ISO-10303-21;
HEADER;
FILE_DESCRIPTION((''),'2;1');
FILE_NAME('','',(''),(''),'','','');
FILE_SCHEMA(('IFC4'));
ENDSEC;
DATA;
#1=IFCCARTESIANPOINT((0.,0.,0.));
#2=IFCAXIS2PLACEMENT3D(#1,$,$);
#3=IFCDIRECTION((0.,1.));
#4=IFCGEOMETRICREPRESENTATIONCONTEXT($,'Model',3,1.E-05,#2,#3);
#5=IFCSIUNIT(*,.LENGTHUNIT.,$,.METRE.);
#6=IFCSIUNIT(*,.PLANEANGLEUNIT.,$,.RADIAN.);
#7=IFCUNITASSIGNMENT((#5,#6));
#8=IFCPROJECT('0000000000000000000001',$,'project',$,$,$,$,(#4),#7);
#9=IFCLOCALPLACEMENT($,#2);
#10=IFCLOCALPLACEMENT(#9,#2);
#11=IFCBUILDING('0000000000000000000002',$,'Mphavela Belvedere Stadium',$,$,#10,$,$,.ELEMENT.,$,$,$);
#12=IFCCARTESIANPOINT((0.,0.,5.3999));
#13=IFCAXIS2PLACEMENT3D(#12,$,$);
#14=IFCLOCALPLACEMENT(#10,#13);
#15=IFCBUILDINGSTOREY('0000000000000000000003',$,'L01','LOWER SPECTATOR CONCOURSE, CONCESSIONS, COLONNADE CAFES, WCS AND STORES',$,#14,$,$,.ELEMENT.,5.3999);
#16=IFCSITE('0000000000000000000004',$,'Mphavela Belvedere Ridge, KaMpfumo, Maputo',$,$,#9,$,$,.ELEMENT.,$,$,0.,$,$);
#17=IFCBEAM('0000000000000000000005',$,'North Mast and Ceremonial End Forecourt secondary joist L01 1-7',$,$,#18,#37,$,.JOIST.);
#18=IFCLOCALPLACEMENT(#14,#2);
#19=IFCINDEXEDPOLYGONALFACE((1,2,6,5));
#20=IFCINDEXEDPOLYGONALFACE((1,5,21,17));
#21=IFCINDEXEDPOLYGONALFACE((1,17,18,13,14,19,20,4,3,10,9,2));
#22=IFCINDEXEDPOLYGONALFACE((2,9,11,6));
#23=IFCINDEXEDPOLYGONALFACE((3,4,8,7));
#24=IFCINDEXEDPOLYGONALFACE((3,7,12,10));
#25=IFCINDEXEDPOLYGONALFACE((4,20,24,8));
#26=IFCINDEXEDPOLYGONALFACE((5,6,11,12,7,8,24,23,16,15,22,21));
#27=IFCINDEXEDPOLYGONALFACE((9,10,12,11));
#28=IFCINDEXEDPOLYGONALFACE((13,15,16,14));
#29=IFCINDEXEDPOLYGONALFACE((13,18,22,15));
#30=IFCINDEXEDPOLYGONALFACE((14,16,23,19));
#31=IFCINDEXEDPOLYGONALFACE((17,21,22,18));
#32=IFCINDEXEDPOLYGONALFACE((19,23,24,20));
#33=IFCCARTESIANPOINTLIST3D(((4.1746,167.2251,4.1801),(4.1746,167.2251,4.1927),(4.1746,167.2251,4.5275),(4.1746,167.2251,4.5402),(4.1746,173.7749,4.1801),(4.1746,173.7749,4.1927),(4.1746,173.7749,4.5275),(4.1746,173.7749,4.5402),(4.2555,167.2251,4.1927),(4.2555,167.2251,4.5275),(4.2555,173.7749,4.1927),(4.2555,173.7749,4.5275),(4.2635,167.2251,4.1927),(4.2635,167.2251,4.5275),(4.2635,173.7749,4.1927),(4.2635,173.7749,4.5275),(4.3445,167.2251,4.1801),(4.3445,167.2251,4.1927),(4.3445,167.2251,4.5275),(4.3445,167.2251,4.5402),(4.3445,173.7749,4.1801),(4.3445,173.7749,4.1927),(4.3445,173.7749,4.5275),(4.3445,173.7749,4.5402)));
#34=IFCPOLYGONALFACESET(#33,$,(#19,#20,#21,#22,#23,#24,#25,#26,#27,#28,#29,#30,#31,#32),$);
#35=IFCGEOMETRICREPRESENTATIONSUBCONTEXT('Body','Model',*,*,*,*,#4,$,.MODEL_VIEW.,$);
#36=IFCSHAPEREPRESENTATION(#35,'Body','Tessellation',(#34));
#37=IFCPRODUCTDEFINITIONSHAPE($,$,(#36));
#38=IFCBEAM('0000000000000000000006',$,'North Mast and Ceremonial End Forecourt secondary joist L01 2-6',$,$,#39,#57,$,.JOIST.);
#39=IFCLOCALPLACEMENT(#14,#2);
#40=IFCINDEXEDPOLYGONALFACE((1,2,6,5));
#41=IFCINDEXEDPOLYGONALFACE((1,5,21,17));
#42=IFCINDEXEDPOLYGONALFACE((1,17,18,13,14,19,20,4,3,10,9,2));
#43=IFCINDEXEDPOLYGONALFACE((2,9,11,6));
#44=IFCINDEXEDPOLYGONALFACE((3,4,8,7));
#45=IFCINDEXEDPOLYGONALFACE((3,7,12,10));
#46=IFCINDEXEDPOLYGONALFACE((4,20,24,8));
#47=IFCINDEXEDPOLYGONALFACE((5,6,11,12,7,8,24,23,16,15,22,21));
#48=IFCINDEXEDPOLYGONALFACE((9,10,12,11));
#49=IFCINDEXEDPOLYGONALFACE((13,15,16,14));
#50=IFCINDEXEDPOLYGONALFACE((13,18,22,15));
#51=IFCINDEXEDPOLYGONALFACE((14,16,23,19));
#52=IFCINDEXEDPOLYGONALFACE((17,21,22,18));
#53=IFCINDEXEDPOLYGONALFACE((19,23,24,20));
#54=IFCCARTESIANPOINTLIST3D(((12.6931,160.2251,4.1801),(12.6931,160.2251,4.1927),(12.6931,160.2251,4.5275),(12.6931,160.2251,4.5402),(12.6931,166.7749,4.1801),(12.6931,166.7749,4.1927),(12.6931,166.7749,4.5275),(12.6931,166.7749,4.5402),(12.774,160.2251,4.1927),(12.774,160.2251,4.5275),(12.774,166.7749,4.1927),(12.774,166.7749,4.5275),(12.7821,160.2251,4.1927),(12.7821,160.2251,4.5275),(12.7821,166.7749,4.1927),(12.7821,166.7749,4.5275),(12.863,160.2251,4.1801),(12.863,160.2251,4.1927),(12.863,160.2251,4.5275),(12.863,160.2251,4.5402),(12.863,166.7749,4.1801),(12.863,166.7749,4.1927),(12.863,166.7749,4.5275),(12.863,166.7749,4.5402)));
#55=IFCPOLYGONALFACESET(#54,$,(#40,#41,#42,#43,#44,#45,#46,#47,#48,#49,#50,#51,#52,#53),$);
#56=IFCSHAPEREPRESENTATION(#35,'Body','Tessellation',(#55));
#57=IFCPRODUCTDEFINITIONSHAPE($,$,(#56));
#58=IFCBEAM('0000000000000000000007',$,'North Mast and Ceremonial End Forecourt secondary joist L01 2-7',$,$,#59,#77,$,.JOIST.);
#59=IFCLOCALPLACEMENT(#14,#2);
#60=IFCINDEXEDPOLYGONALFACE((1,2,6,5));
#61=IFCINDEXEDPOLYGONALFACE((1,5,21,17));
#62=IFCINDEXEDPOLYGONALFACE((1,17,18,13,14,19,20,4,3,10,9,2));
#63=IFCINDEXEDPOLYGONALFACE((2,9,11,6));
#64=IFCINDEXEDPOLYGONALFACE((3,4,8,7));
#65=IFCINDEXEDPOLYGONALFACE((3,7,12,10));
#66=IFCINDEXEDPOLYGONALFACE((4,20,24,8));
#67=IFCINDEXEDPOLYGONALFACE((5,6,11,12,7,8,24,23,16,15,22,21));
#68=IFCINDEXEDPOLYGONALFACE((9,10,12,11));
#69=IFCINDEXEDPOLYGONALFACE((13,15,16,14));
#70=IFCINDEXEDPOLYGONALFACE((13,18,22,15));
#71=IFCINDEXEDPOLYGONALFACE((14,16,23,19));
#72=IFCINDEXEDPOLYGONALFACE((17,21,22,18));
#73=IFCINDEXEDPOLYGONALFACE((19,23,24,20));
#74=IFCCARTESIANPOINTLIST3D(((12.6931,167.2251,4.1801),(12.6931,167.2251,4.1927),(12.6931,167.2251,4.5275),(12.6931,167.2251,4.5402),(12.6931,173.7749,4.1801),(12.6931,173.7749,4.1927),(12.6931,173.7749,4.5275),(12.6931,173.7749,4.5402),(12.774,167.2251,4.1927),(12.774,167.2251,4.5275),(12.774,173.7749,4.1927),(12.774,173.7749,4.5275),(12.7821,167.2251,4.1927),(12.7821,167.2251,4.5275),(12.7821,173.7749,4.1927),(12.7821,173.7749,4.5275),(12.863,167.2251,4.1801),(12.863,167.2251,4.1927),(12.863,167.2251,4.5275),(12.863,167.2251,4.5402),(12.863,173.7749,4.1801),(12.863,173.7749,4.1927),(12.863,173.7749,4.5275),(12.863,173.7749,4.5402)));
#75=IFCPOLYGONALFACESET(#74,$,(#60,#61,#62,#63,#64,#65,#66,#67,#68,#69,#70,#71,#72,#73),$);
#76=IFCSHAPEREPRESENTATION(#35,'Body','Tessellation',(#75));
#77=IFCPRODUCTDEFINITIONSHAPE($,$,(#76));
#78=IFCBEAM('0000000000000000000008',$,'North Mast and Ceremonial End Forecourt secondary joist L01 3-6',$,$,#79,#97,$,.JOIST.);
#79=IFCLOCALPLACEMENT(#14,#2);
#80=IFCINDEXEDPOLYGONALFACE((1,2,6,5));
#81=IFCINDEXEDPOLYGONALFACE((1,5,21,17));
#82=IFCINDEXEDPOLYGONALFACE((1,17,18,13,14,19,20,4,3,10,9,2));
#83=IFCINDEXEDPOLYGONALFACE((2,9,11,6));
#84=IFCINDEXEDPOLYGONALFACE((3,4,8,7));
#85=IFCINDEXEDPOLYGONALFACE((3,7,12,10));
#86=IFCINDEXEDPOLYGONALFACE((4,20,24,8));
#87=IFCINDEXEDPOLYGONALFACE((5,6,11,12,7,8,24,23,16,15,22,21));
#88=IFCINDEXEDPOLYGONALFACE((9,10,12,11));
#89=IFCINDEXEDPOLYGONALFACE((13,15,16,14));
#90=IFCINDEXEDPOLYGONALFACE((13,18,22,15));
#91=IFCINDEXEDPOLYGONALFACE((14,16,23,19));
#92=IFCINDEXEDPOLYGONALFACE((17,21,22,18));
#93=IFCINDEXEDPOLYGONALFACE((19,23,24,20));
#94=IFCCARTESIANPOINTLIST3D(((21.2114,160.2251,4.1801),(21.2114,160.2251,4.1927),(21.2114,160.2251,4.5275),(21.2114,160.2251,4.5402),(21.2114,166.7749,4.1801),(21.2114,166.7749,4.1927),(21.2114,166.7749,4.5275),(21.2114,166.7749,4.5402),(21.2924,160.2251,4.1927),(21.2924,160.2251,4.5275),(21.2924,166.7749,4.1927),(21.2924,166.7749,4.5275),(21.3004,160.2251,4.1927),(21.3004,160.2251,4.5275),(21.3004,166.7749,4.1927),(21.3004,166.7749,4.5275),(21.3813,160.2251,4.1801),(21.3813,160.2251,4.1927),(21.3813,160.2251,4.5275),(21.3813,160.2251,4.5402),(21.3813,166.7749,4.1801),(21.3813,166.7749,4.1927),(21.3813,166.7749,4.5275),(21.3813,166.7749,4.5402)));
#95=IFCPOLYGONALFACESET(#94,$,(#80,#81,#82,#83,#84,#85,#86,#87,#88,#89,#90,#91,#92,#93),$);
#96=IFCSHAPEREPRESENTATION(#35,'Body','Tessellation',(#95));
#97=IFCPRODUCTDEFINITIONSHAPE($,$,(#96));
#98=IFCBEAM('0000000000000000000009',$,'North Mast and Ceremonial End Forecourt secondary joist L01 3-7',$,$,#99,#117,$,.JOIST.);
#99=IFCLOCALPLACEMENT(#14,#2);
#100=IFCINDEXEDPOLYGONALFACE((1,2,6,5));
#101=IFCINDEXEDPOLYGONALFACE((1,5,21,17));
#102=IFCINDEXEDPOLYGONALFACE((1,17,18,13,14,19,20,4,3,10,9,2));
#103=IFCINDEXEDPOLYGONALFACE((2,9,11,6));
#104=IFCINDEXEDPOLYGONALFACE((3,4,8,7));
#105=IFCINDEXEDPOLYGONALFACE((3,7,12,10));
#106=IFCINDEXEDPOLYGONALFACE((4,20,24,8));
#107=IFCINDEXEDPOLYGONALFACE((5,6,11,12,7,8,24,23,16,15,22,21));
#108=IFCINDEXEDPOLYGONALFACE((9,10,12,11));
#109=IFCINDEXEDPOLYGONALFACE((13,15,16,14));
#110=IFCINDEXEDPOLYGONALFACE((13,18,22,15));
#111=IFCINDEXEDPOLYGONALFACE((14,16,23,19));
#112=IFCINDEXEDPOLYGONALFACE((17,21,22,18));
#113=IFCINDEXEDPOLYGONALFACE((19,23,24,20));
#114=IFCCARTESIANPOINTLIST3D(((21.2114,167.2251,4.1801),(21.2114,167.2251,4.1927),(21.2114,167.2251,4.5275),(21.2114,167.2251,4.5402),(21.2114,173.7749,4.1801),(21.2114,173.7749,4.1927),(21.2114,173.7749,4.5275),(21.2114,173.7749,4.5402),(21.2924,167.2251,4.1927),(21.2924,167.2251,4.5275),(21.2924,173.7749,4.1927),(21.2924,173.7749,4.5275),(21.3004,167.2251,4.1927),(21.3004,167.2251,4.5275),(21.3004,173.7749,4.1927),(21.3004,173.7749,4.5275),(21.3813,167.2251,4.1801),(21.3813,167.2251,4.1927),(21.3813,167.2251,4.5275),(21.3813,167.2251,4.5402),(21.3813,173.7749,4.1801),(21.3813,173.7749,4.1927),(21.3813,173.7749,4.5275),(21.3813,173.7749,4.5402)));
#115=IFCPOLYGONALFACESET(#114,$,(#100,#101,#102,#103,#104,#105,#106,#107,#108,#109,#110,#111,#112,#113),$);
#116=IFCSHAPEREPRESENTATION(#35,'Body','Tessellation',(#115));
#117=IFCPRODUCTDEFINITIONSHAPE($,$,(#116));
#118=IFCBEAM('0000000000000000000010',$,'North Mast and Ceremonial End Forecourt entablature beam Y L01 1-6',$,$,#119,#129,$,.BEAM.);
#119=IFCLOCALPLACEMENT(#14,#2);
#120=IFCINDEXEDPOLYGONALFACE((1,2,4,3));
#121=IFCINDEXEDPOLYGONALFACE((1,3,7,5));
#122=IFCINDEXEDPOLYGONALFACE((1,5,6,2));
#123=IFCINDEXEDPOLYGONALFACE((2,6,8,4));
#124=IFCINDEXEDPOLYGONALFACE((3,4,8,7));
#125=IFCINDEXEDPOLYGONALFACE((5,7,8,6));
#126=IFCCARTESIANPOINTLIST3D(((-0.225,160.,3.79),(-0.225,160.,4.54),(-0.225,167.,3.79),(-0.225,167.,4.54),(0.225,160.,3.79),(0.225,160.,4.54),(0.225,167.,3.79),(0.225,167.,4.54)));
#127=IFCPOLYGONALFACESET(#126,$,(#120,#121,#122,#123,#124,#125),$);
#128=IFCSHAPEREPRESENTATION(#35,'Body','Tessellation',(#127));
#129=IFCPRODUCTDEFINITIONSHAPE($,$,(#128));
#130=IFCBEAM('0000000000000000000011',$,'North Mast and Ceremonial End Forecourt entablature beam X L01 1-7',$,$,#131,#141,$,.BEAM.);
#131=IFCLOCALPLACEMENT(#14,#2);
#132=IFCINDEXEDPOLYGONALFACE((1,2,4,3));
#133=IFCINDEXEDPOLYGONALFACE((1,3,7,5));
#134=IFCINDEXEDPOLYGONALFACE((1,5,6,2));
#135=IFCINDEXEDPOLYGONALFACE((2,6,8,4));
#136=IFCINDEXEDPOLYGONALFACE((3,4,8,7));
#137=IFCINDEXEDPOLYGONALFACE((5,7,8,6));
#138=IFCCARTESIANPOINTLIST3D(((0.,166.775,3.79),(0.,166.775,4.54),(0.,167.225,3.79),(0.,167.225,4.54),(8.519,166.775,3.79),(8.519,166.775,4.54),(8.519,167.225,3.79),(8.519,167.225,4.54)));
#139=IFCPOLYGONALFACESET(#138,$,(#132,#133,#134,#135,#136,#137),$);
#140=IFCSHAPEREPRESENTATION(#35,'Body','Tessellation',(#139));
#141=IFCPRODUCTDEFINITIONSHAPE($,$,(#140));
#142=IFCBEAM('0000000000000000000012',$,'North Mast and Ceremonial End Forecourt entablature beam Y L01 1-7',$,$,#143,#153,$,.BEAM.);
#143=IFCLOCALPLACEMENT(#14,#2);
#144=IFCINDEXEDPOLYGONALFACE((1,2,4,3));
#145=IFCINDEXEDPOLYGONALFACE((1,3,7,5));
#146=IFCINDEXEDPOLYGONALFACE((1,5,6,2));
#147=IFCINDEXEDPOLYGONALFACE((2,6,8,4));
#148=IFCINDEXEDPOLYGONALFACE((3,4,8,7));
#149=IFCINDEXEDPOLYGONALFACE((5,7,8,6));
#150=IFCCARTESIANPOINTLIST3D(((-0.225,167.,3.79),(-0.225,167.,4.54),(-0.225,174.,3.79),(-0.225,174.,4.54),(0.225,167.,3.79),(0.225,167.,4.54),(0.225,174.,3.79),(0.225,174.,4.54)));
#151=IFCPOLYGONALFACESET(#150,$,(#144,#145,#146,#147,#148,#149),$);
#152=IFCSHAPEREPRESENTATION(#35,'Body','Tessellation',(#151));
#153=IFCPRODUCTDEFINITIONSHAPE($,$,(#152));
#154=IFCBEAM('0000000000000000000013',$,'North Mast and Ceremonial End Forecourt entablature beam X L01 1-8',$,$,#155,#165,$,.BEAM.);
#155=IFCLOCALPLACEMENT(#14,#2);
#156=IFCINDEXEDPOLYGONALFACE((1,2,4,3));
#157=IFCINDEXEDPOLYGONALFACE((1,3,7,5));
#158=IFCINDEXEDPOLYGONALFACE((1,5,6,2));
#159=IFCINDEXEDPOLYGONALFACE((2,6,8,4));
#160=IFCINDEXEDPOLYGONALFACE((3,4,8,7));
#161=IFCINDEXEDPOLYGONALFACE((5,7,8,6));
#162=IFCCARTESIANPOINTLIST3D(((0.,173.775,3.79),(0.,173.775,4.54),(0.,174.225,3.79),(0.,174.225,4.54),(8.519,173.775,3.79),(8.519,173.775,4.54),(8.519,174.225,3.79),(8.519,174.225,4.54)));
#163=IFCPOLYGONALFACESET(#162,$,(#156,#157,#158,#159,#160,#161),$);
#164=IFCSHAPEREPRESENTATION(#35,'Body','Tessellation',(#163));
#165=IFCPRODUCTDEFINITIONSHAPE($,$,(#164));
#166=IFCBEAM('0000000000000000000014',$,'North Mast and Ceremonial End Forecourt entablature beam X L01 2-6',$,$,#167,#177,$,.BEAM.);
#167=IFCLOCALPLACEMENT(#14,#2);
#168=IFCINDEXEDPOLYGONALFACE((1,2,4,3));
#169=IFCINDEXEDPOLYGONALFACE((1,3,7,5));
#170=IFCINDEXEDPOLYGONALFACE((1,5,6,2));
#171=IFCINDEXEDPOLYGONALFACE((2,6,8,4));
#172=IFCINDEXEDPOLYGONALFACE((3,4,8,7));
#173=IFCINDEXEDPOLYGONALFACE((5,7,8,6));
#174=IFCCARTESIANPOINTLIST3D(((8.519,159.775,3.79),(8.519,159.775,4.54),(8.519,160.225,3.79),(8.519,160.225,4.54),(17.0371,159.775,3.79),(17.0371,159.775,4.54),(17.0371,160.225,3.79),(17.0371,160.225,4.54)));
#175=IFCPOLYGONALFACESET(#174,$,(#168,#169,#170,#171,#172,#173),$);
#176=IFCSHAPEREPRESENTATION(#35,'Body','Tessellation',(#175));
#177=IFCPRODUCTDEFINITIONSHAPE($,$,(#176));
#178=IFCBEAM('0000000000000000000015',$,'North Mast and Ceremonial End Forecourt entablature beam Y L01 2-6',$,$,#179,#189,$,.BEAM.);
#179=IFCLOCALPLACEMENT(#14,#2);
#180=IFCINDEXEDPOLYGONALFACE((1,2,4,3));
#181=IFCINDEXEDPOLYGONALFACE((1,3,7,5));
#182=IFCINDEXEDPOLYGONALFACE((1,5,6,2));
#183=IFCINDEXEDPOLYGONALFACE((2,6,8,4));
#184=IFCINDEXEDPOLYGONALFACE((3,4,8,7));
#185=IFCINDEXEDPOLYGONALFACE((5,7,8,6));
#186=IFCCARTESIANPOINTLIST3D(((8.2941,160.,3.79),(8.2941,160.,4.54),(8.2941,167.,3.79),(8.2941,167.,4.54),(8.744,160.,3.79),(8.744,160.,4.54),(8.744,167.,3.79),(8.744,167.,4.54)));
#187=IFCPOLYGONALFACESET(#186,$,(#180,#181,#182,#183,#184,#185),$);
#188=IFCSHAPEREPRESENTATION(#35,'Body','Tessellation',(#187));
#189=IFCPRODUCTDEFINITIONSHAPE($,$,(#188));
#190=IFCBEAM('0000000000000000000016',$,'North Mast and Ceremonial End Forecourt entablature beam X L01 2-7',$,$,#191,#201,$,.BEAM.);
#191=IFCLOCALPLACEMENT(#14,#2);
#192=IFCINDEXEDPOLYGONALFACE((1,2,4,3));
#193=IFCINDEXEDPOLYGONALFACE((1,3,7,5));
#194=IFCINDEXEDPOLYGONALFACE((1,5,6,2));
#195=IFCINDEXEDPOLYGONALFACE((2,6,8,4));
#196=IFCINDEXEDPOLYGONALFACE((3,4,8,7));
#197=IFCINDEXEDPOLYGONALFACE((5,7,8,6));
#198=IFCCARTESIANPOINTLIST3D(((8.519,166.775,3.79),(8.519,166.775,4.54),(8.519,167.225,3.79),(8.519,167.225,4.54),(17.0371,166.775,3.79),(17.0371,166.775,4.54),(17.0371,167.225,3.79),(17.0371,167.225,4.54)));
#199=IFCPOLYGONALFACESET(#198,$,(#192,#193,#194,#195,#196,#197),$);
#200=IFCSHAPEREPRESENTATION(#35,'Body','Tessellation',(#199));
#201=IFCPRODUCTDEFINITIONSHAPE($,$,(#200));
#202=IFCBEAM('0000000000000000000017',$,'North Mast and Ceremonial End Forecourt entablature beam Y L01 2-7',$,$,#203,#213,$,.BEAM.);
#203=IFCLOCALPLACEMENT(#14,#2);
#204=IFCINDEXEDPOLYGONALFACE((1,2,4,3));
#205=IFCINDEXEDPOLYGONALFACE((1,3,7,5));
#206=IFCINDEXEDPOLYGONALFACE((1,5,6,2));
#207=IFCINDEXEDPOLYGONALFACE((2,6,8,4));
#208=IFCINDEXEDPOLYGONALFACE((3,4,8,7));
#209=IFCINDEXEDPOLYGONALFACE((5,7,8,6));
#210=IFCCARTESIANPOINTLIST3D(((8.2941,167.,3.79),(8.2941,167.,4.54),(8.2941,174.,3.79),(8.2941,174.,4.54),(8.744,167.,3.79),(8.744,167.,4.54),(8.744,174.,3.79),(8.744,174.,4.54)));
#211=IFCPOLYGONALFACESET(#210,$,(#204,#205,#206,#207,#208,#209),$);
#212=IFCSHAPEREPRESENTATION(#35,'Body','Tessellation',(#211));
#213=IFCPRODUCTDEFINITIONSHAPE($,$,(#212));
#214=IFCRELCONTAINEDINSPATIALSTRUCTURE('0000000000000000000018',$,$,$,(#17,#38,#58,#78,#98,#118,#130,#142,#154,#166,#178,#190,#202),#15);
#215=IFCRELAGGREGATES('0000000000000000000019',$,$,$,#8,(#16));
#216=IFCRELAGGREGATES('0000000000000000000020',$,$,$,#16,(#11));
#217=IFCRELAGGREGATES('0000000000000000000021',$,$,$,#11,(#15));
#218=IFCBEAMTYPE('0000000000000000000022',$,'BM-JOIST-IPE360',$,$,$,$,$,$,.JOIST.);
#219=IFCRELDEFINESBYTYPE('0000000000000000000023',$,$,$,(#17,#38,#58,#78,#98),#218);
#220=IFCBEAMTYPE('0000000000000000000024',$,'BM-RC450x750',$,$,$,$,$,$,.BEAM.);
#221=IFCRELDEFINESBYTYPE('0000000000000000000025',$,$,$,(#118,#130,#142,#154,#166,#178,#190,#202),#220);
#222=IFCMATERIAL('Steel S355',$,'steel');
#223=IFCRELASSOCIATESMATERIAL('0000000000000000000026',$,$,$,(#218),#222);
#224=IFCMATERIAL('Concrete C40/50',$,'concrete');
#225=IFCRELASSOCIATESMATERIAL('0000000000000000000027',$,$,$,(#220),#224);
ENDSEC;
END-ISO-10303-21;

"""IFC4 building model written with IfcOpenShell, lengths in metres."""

from ifc_helpers import new_model, si_unit, direction, frame, origin, origin_2d, place, context, subcontext, project, spatial, rectangle, i_section, extrude, material, material_profile, profile_set, type_object, element, save


model = new_model("IFC4")

# Units and contexts
model_context = context("Model", 3, precision=1e-05, world=origin(), true_north=direction((0.0, 1.0)))
body_context = subcontext(model_context, "Body", "Model", "MODEL_VIEW")
ifc_project = project(units=[si_unit("LENGTHUNIT", "METRE"), si_unit("PLANEANGLEUNIT", "RADIAN")], contexts=[model_context])

# Site, building, storey
site_placement = place(None, origin())
site = spatial("IfcSite", under=ifc_project, at=site_placement, Name="Mphavela Belvedere Ridge, KaMpfumo, Maputo", CompositionType="ELEMENT", RefElevation=0.0)
building_placement = place(site_placement, origin())
building = spatial("IfcBuilding", under=site, at=building_placement, Name="Mphavela Belvedere Stadium", CompositionType="ELEMENT")
storey_placement = place(building_placement, frame((0.0, 0.0, 5.3999)))
storey = spatial("IfcBuildingStorey", under=building, at=storey_placement, Name="L01", Description="LOWER SPECTATOR CONCOURSE, CONCESSIONS, COLONNADE CAFES, WCS AND STORES", CompositionType="ELEMENT", Elevation=5.3999)

# Beams
ifc_material_1 = material(Name="Steel S355", Category="steel")
ifc_material_profile_1 = material_profile(ifc_material_1, i_section(OverallWidth=0.1699, OverallDepth=0.3601, WebThickness=0.0081, FlangeThickness=0.0127, at=origin_2d()), Name="IPE 360")
ifc_profile_set_1 = profile_set([ifc_material_profile_1], Name="Steel S355")
beam_type_1 = type_object("IfcBeamType", Name="BM-JOIST-IPE360", PredefinedType="JOIST", material=ifc_profile_set_1)
for number, where, z_axis, x_axis, name in (
    (1, (4.2595, 167.2251, 4.3601), (0.0, 1.0, 0.0), (-1.0, 0.0, 0.0), "North Mast and Ceremonial End Forecourt secondary joist L01 1-7"),
    (2, (12.7781, 160.2251, 4.3601), (0.0, 1.0, 0.0), (-1.0, 0.0, 0.0), "North Mast and Ceremonial End Forecourt secondary joist L01 2-6"),
    (3, (12.7781, 167.2251, 4.3601), (0.0, 1.0, 0.0), (-1.0, 0.0, 0.0), "North Mast and Ceremonial End Forecourt secondary joist L01 2-7"),
    (4, (21.2964, 160.2251, 4.3601), (0.0, 1.0, 0.0), (-1.0, 0.0, 0.0), "North Mast and Ceremonial End Forecourt secondary joist L01 3-6"),
    (5, (21.2964, 167.2251, 4.3601), (0.0, 1.0, 0.0), (-1.0, 0.0, 0.0), "North Mast and Ceremonial End Forecourt secondary joist L01 3-7"),
):
    element("IfcBeam", number, at=place(storey_placement, frame(where, z_axis=z_axis, x_axis=x_axis)), inside=storey, type_object=beam_type_1, Name=name, PredefinedType="JOIST", context=body_context, shape_type="SweptSolid", body=[
        extrude(i_section(OverallWidth=0.1699, OverallDepth=0.3601, WebThickness=0.0081, FlangeThickness=0.0127, at=origin_2d()), origin(), (0.0, 0.0, 1.0), 6.5498),
    ])
ifc_material_2 = material(Name="Concrete C40/50", Category="concrete")
ifc_material_profile_2 = material_profile(ifc_material_2, rectangle(XDim=0.45, YDim=0.75, at=origin_2d()), Name="RC 450x750")
ifc_profile_set_2 = profile_set([ifc_material_profile_2], Name="Concrete C40/50")
beam_type_2 = type_object("IfcBeamType", Name="BM-RC450x750", PredefinedType="BEAM", material=ifc_profile_set_2)
beam_1_placement = place(storey_placement, frame((0.0, 160.0, 4.165), z_axis=(0.0, 1.0, 0.0), x_axis=(-1.0, 0.0, 0.0)))
element("IfcBeam", 6, at=beam_1_placement, inside=storey, type_object=beam_type_2, Name="North Mast and Ceremonial End Forecourt entablature beam Y L01 1-6", PredefinedType="BEAM", context=body_context, shape_type="SweptSolid", body=[
    extrude(rectangle(XDim=0.45, YDim=0.75, at=origin_2d()), origin(), (0.0, 0.0, 1.0), 7.0),
])
beam_2_placement = place(storey_placement, frame((0.0, 167.0, 4.165), z_axis=(1.0, 0.0, 0.0), x_axis=(0.0, 1.0, 0.0)))
element("IfcBeam", 7, at=beam_2_placement, inside=storey, type_object=beam_type_2, Name="North Mast and Ceremonial End Forecourt entablature beam X L01 1-7", PredefinedType="BEAM", context=body_context, shape_type="SweptSolid", body=[
    extrude(rectangle(XDim=0.45, YDim=0.75, at=origin_2d()), origin(), (0.0, 0.0, 1.0), 8.519),
])
beam_3_placement = place(storey_placement, frame((0.0, 167.0, 4.165), z_axis=(0.0, 1.0, 0.0), x_axis=(-1.0, 0.0, 0.0)))
element("IfcBeam", 8, at=beam_3_placement, inside=storey, type_object=beam_type_2, Name="North Mast and Ceremonial End Forecourt entablature beam Y L01 1-7", PredefinedType="BEAM", context=body_context, shape_type="SweptSolid", body=[
    extrude(rectangle(XDim=0.45, YDim=0.75, at=origin_2d()), origin(), (0.0, 0.0, 1.0), 7.0),
])
beam_4_placement = place(storey_placement, frame((0.0, 174.0, 4.165), z_axis=(1.0, 0.0, 0.0), x_axis=(0.0, 1.0, 0.0)))
element("IfcBeam", 9, at=beam_4_placement, inside=storey, type_object=beam_type_2, Name="North Mast and Ceremonial End Forecourt entablature beam X L01 1-8", PredefinedType="BEAM", context=body_context, shape_type="SweptSolid", body=[
    extrude(rectangle(XDim=0.45, YDim=0.75, at=origin_2d()), origin(), (0.0, 0.0, 1.0), 8.519),
])
beam_5_placement = place(storey_placement, frame((8.519, 160.0, 4.165), z_axis=(1.0, 0.0, 0.0), x_axis=(0.0, 1.0, 0.0)))
element("IfcBeam", 10, at=beam_5_placement, inside=storey, type_object=beam_type_2, Name="North Mast and Ceremonial End Forecourt entablature beam X L01 2-6", PredefinedType="BEAM", context=body_context, shape_type="SweptSolid", body=[
    extrude(rectangle(XDim=0.45, YDim=0.75, at=origin_2d()), origin(), (0.0, 0.0, 1.0), 8.5181),
])
beam_6_placement = place(storey_placement, frame((8.519, 160.0, 4.165), z_axis=(0.0, 1.0, 0.0), x_axis=(-1.0, 0.0, 0.0)))
element("IfcBeam", 11, at=beam_6_placement, inside=storey, type_object=beam_type_2, Name="North Mast and Ceremonial End Forecourt entablature beam Y L01 2-6", PredefinedType="BEAM", context=body_context, shape_type="SweptSolid", body=[
    extrude(rectangle(XDim=0.45, YDim=0.75, at=origin_2d()), origin(), (0.0, 0.0, 1.0), 7.0),
])
beam_7_placement = place(storey_placement, frame((8.519, 167.0, 4.165), z_axis=(1.0, 0.0, 0.0), x_axis=(0.0, 1.0, 0.0)))
element("IfcBeam", 12, at=beam_7_placement, inside=storey, type_object=beam_type_2, Name="North Mast and Ceremonial End Forecourt entablature beam X L01 2-7", PredefinedType="BEAM", context=body_context, shape_type="SweptSolid", body=[
    extrude(rectangle(XDim=0.45, YDim=0.75, at=origin_2d()), origin(), (0.0, 0.0, 1.0), 8.5181),
])
beam_8_placement = place(storey_placement, frame((8.519, 167.0, 4.165), z_axis=(0.0, 1.0, 0.0), x_axis=(-1.0, 0.0, 0.0)))
element("IfcBeam", 13, at=beam_8_placement, inside=storey, type_object=beam_type_2, Name="North Mast and Ceremonial End Forecourt entablature beam Y L01 2-7", PredefinedType="BEAM", context=body_context, shape_type="SweptSolid", body=[
    extrude(rectangle(XDim=0.45, YDim=0.75, at=origin_2d()), origin(), (0.0, 0.0, 1.0), 7.0),
])

save(model, "model.ifc")
